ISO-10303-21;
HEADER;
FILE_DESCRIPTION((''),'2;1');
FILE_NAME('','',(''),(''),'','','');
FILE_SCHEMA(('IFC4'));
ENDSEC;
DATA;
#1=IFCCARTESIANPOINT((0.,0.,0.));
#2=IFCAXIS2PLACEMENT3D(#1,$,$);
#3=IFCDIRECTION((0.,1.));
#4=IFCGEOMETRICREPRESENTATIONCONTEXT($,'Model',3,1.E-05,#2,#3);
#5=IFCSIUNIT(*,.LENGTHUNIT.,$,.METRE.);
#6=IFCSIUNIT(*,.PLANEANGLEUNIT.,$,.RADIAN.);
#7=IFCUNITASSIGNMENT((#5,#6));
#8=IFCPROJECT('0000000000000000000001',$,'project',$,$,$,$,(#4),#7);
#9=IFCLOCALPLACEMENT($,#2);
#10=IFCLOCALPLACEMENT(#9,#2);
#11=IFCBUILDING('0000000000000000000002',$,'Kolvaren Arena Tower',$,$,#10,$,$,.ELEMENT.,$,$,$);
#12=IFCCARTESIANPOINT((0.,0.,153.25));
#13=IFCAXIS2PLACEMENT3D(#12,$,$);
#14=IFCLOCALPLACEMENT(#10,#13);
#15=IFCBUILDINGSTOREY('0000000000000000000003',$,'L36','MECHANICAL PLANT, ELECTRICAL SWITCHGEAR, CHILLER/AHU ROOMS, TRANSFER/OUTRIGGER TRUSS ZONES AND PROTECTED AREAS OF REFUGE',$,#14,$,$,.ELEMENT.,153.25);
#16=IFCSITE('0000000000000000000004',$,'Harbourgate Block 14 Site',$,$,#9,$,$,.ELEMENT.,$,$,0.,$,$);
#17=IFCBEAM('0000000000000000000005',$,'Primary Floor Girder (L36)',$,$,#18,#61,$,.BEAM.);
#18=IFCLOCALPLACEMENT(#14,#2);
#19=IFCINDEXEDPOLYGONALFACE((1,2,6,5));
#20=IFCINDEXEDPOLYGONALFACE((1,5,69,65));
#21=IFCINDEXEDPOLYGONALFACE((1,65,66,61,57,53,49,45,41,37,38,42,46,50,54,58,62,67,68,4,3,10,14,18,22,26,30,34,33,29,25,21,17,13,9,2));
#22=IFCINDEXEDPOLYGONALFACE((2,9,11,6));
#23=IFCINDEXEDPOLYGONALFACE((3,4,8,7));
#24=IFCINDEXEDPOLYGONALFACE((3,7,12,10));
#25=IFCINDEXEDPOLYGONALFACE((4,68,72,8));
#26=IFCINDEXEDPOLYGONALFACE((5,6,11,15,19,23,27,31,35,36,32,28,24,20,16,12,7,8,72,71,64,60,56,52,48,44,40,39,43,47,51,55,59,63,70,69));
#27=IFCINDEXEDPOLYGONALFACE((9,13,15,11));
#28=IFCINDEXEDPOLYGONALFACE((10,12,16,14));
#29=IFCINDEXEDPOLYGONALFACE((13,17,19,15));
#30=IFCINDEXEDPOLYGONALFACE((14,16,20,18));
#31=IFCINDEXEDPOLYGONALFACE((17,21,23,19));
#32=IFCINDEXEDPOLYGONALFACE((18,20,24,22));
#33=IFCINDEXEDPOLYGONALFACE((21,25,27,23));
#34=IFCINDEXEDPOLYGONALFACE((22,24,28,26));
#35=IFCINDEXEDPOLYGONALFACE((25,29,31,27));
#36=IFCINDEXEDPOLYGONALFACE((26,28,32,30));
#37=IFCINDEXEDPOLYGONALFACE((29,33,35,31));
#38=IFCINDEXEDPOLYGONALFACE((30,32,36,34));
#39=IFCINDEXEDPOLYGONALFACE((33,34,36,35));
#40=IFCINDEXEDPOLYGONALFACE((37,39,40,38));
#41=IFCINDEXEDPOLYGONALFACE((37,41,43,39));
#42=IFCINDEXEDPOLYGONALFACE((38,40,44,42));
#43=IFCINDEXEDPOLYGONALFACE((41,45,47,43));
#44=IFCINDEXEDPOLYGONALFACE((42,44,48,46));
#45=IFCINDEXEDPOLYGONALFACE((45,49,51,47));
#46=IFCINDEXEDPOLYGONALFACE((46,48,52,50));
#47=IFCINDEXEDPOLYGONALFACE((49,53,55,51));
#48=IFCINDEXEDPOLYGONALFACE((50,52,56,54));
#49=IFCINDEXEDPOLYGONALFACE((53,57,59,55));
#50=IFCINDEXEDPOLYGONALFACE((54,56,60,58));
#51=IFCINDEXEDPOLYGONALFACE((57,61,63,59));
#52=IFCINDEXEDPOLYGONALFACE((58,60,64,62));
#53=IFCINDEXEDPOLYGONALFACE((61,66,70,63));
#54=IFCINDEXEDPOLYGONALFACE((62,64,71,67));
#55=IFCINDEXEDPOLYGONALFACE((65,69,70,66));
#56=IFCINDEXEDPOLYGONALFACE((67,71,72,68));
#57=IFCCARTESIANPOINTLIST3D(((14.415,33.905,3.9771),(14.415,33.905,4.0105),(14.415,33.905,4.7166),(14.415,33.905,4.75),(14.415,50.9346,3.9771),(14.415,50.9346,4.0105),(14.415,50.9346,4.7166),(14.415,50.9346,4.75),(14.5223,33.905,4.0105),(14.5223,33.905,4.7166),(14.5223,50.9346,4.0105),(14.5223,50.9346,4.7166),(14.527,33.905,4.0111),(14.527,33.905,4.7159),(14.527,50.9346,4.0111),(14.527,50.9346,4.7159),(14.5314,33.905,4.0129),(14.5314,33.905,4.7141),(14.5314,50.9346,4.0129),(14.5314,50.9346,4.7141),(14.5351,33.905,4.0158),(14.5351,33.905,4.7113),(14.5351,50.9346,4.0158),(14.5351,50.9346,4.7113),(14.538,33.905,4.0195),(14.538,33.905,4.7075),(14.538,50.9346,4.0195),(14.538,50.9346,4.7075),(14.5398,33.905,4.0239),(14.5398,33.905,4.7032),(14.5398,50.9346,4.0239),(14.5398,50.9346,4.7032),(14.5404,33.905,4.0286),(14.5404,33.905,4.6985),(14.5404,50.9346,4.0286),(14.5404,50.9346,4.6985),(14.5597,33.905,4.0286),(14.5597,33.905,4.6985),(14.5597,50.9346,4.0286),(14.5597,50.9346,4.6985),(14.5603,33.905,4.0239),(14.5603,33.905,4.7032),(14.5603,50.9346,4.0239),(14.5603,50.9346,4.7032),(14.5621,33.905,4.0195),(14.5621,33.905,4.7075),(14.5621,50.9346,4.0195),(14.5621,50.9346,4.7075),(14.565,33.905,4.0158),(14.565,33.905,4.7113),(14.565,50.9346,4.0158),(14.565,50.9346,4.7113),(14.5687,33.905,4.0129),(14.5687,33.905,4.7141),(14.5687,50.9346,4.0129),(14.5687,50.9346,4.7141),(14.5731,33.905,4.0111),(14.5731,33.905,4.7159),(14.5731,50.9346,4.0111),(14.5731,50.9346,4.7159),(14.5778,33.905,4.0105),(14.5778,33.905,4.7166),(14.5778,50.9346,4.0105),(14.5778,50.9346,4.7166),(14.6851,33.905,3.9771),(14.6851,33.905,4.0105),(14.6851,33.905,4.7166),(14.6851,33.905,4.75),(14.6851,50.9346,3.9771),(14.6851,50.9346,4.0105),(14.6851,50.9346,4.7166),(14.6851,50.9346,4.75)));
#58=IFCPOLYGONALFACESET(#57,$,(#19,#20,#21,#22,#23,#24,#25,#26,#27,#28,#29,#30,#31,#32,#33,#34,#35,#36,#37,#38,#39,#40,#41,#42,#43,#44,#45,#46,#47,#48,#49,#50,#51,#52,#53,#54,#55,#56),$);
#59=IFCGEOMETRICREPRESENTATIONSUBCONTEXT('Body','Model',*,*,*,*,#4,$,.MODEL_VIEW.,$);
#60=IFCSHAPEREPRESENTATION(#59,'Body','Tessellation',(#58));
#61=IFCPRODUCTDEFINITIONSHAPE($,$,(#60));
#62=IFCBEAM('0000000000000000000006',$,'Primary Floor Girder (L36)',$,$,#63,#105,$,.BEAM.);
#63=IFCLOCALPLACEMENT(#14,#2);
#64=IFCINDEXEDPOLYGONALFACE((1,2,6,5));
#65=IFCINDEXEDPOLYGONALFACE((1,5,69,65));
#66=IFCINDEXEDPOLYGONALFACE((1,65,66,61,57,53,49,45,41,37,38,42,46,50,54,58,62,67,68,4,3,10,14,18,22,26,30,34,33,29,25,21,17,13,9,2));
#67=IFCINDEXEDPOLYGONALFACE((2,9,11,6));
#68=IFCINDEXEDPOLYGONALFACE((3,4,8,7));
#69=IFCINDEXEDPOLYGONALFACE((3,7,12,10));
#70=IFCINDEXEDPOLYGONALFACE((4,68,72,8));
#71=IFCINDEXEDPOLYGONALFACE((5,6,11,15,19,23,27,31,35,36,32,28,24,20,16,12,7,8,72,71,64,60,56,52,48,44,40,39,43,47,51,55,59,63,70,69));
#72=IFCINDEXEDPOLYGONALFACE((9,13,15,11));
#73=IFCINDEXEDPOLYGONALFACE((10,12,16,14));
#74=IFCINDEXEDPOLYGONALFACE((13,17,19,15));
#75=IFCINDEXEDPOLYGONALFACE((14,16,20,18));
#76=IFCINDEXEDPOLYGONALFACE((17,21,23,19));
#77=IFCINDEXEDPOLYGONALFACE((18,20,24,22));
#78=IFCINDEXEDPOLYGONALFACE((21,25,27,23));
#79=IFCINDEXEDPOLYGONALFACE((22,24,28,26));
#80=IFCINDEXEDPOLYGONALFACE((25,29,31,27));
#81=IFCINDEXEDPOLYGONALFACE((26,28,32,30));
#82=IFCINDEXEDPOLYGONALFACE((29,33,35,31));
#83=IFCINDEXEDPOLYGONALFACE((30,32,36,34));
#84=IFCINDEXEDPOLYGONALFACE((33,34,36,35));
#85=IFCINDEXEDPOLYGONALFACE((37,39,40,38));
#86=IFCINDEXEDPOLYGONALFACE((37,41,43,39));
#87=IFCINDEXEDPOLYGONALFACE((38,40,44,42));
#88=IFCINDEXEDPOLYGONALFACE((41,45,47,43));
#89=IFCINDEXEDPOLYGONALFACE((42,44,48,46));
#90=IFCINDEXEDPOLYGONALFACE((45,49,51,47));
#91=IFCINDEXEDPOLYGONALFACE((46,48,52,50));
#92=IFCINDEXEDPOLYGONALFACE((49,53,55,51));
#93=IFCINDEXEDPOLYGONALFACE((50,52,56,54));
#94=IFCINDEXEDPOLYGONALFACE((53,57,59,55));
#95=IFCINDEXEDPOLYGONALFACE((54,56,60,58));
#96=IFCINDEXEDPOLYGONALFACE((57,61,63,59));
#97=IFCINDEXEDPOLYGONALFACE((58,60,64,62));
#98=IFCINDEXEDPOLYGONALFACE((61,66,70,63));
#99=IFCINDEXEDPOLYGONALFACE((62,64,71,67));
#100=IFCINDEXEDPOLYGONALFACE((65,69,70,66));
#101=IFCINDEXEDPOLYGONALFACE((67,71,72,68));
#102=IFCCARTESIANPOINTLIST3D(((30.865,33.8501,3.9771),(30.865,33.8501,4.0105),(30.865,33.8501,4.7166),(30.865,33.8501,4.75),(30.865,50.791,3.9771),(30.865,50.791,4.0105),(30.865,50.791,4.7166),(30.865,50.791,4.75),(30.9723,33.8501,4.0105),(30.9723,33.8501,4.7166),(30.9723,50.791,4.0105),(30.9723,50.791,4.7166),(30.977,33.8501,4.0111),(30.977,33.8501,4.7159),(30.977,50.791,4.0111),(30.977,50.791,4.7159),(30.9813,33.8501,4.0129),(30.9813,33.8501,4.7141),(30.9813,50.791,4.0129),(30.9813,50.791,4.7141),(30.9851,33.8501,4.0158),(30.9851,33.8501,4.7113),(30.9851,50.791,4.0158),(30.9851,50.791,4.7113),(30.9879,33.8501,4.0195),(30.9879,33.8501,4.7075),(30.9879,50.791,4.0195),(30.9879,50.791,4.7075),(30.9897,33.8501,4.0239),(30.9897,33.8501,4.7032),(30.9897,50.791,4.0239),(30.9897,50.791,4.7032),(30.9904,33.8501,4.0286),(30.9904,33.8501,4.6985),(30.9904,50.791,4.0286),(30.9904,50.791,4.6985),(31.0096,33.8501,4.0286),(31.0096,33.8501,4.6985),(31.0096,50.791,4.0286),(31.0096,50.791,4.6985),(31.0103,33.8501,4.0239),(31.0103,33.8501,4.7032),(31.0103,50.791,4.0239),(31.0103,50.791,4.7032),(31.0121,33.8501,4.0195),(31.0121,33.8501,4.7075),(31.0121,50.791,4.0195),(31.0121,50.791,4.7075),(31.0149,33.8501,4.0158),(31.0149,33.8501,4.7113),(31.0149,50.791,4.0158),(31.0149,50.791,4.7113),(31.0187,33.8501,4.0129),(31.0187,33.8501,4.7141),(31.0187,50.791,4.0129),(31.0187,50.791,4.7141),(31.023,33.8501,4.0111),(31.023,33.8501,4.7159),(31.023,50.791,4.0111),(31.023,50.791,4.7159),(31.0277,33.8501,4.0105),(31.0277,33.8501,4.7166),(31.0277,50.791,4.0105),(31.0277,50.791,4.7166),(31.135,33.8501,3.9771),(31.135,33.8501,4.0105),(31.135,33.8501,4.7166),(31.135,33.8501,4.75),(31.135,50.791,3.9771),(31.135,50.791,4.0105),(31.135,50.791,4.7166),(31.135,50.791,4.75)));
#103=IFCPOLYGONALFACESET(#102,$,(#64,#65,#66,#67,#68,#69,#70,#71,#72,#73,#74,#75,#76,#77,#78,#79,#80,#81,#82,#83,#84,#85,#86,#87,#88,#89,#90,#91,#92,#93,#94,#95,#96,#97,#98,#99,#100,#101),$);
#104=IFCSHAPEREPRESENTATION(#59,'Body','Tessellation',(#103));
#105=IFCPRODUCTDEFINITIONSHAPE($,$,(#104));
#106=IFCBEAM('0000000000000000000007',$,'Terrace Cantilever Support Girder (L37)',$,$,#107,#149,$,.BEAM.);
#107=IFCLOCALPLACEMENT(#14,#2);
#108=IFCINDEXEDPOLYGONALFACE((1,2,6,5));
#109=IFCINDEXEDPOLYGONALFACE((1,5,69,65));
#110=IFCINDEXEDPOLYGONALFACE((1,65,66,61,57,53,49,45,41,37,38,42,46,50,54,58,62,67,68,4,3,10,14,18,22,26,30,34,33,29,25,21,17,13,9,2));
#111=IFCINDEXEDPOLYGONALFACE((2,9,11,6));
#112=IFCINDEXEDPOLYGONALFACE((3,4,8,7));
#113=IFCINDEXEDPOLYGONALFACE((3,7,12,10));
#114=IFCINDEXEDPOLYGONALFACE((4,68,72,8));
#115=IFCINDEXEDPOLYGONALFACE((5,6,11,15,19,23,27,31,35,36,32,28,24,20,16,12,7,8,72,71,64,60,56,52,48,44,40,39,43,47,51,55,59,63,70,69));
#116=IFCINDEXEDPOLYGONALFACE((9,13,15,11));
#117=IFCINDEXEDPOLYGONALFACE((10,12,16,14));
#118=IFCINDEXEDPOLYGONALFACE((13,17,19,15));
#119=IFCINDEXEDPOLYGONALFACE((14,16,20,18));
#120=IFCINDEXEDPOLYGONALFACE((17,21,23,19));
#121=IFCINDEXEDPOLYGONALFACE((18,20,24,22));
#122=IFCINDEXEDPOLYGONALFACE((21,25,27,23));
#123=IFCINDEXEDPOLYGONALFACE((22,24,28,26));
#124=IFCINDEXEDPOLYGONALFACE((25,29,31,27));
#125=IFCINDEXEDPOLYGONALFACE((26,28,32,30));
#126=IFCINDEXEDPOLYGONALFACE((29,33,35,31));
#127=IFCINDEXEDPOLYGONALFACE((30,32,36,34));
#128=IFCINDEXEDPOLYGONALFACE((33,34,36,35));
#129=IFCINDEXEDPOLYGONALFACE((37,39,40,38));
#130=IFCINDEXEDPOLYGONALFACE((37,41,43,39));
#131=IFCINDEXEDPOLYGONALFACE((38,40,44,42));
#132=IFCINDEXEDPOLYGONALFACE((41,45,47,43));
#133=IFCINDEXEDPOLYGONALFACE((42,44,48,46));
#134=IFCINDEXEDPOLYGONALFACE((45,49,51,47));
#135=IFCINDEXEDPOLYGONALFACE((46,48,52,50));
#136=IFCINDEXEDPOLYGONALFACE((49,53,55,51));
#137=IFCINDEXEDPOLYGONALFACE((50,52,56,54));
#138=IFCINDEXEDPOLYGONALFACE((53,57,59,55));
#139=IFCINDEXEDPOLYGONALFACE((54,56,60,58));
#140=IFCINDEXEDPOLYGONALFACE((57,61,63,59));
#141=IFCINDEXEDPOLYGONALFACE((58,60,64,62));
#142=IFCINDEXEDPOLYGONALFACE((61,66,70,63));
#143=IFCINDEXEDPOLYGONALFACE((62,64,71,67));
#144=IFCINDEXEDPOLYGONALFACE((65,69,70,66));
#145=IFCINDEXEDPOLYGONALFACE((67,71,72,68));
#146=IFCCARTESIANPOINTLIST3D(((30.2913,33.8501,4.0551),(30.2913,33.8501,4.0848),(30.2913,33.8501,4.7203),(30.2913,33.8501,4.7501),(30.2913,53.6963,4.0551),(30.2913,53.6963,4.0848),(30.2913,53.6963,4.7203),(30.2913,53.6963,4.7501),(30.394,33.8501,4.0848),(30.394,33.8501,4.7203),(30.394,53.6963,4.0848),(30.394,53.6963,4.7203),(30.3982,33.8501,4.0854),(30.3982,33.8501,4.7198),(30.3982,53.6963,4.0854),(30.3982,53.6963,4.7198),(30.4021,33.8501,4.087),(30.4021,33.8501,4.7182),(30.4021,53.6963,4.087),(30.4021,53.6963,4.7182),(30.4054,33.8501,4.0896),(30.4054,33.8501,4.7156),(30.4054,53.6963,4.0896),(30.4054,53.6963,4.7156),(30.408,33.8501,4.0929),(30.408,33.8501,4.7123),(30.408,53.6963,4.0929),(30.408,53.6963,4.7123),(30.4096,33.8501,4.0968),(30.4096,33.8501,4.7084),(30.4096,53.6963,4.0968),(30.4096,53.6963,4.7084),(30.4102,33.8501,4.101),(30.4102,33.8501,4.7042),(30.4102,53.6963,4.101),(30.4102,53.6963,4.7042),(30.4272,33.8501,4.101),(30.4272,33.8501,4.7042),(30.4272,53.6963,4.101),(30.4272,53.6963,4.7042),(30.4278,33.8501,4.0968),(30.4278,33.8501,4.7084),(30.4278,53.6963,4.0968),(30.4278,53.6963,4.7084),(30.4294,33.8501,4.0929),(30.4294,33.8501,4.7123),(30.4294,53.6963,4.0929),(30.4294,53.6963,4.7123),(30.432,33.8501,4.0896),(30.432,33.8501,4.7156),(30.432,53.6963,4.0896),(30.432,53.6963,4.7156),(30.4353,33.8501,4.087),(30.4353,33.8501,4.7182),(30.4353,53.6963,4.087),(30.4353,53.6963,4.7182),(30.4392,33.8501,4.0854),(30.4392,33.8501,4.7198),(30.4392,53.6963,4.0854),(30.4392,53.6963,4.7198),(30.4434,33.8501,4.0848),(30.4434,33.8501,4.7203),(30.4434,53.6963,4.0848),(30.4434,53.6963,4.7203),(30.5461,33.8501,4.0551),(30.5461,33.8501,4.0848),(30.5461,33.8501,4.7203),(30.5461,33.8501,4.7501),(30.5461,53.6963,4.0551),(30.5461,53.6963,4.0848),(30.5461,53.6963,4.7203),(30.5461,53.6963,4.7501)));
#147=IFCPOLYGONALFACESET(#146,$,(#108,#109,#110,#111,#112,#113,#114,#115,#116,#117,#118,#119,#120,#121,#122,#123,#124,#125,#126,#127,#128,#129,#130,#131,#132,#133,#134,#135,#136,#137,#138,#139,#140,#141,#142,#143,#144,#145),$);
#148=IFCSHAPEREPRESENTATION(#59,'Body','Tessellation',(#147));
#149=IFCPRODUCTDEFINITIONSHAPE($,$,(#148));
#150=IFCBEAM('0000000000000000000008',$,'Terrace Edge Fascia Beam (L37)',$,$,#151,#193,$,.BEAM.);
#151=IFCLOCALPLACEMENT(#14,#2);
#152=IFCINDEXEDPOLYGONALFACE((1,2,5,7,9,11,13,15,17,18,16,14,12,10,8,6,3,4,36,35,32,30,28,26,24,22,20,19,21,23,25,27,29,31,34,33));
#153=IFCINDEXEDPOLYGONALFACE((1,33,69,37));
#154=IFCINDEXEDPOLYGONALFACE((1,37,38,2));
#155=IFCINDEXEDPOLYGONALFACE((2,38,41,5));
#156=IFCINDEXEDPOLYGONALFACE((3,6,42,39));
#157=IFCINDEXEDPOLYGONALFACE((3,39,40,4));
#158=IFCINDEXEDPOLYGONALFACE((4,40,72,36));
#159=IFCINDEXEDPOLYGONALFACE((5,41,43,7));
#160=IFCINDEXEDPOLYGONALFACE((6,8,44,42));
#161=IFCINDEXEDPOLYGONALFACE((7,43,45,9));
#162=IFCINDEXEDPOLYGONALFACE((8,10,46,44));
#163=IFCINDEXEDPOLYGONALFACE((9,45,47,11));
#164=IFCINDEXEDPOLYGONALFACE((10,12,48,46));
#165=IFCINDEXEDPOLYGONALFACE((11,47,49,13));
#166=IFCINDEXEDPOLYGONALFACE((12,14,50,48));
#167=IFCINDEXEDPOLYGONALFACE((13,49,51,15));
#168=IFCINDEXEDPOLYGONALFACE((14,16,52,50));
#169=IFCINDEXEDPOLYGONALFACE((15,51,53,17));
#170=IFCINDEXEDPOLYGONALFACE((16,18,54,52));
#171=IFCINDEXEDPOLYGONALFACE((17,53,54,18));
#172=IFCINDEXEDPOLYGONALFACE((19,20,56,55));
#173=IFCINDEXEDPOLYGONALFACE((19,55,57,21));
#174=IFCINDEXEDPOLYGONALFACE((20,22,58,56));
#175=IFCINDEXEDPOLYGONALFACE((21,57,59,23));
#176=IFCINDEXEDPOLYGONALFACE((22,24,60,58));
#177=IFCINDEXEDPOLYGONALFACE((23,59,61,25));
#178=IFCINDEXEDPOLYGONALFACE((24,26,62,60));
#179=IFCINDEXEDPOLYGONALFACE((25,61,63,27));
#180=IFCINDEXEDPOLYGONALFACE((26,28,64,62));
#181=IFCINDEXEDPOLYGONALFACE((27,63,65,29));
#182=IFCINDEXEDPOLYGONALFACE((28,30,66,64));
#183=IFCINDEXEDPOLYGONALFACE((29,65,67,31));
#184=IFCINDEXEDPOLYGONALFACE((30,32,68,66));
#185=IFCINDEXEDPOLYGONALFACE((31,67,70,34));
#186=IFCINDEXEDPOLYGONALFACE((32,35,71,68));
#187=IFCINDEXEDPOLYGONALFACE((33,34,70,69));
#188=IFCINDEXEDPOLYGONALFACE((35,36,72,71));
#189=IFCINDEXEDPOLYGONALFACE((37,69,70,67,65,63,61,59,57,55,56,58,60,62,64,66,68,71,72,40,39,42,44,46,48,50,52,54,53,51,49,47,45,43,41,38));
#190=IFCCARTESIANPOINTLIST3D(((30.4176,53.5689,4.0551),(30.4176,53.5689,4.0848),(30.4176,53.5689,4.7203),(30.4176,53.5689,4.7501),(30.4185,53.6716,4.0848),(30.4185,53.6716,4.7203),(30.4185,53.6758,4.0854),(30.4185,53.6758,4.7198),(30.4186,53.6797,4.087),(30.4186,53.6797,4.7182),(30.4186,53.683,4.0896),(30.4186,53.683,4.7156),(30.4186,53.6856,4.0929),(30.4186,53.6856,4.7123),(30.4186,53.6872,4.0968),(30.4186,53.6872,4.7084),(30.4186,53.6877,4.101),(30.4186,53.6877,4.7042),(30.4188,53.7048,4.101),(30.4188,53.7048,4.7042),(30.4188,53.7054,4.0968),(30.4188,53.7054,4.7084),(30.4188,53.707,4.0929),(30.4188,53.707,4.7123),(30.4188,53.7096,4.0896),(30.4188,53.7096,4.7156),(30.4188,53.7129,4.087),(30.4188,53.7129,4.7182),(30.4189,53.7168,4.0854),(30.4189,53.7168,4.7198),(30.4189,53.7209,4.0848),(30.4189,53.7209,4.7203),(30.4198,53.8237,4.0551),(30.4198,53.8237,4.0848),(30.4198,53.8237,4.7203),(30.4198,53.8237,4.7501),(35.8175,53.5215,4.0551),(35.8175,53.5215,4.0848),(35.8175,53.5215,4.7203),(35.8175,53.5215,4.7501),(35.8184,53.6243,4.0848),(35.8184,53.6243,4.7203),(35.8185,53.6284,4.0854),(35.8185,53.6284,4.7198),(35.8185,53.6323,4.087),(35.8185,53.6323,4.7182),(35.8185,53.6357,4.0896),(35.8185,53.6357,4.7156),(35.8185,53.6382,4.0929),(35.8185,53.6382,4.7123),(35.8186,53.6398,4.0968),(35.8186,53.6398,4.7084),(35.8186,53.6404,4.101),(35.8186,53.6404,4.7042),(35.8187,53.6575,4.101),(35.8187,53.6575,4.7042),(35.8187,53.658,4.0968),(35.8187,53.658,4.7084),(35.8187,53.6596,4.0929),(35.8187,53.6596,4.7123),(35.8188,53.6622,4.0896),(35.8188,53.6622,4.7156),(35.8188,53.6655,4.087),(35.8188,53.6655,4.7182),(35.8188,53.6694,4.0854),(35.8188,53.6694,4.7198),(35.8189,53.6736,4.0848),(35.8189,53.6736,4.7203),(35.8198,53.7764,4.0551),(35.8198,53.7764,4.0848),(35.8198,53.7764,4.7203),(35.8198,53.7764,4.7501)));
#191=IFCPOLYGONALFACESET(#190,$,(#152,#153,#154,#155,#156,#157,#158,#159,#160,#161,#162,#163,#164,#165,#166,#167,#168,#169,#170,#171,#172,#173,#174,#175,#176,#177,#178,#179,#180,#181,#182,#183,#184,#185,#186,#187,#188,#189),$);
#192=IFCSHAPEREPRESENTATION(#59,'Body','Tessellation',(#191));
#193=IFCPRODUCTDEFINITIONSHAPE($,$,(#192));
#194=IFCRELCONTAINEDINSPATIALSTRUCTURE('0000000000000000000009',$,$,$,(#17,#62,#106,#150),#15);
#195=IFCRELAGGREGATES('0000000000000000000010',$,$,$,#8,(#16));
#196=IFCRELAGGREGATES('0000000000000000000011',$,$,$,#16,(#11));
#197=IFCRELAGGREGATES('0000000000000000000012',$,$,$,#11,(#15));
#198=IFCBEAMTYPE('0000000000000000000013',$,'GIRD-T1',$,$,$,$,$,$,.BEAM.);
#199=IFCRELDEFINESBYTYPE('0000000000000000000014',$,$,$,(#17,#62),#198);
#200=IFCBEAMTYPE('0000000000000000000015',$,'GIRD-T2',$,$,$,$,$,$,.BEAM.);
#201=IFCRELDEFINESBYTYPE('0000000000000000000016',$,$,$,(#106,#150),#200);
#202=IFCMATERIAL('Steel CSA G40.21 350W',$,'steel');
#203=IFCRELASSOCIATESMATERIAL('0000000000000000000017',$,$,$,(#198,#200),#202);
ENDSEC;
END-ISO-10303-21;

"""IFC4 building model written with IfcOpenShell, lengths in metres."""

from ifc_helpers import new_model, si_unit, direction, frame, origin, origin_2d, place, context, subcontext, project, spatial, i_section, extrude, material, material_profile, profile_set, type_object, element, save


model = new_model("IFC4")

# Units and contexts
model_context = context("Model", 3, precision=1e-05, world=origin(), true_north=direction((0.0, 1.0)))
body_context = subcontext(model_context, "Body", "Model", "MODEL_VIEW")
ifc_project = project(units=[si_unit("LENGTHUNIT", "METRE"), si_unit("PLANEANGLEUNIT", "RADIAN")], contexts=[model_context])

# Site, building, storey
site_placement = place(None, origin())
site = spatial("IfcSite", under=ifc_project, at=site_placement, Name="Harbourgate Block 14 Site", CompositionType="ELEMENT", RefElevation=0.0)
building_placement = place(site_placement, origin())
building = spatial("IfcBuilding", under=site, at=building_placement, Name="Kolvaren Arena Tower", CompositionType="ELEMENT")
storey_placement = place(building_placement, frame((0.0, 0.0, 153.25)))
storey = spatial("IfcBuildingStorey", under=building, at=storey_placement, Name="L36", Description="MECHANICAL PLANT, ELECTRICAL SWITCHGEAR, CHILLER/AHU ROOMS, TRANSFER/OUTRIGGER TRUSS ZONES AND PROTECTED AREAS OF REFUGE", CompositionType="ELEMENT", Elevation=153.25)

# Shared definitions
ifc_material_1 = material(Name="Steel CSA G40.21 350W", Category="steel")

# Beams
ifc_material_profile_1 = material_profile(ifc_material_1, i_section(OverallWidth=0.27, OverallDepth=0.7729, WebThickness=0.0193, FlangeThickness=0.0334, FilletRadius=0.0181, at=origin_2d()), Name="W760x257")
ifc_profile_set_1 = profile_set([ifc_material_profile_1], Name="Steel CSA G40.21 350W")
beam_type_1 = type_object("IfcBeamType", Name="GIRD-T1", PredefinedType="BEAM", material=ifc_profile_set_1)
beam_1_placement = place(storey_placement, frame((14.55, 33.905, 4.3635), z_axis=(0.0, 1.0, 0.0), x_axis=(-1.0, 0.0, 0.0)))
element("IfcBeam", 1, at=beam_1_placement, inside=storey, type_object=beam_type_1, Name="Primary Floor Girder (L36)", PredefinedType="BEAM", context=body_context, shape_type="SweptSolid", body=[
    extrude(i_section(OverallWidth=0.27, OverallDepth=0.7729, WebThickness=0.0193, FlangeThickness=0.0334, FilletRadius=0.0181, at=origin_2d()), origin(), (0.0, 0.0, 1.0), 17.0295),
])
beam_2_placement = place(storey_placement, frame((31.0, 33.8501, 4.3635), z_axis=(0.0, 1.0, 0.0), x_axis=(-1.0, 0.0, 0.0)))
element("IfcBeam", 2, at=beam_2_placement, inside=storey, type_object=beam_type_1, Name="Primary Floor Girder (L36)", PredefinedType="BEAM", context=body_context, shape_type="SweptSolid", body=[
    extrude(i_section(OverallWidth=0.27, OverallDepth=0.7729, WebThickness=0.0193, FlangeThickness=0.0334, FilletRadius=0.0181, at=origin_2d()), origin(), (0.0, 0.0, 1.0), 16.9409),
])
ifc_material_profile_2 = material_profile(ifc_material_1, i_section(OverallWidth=0.2549, OverallDepth=0.6951, WebThickness=0.0171, FlangeThickness=0.0298, FilletRadius=0.0161, at=origin_2d()), Name="W690x217")
ifc_profile_set_2 = profile_set([ifc_material_profile_2], Name="Steel CSA G40.21 350W")
beam_type_2 = type_object("IfcBeamType", Name="GIRD-T2", PredefinedType="BEAM", material=ifc_profile_set_2)
beam_3_placement = place(storey_placement, frame((30.4187, 33.8501, 4.4026), z_axis=(0.0, 1.0, 0.0), x_axis=(-1.0, 0.0, 0.0)))
element("IfcBeam", 3, at=beam_3_placement, inside=storey, type_object=beam_type_2, Name="Terrace Cantilever Support Girder (L37)", PredefinedType="BEAM", context=body_context, shape_type="SweptSolid", body=[
    extrude(i_section(OverallWidth=0.2549, OverallDepth=0.6951, WebThickness=0.0171, FlangeThickness=0.0298, FilletRadius=0.0161, at=origin_2d()), origin(), (0.0, 0.0, 1.0), 19.8462),
])
beam_4_placement = place(storey_placement, frame((30.4187, 53.6963, 4.4026), z_axis=(0.999962, -0.008771, 0.0), x_axis=(0.008771, 0.999962, 0.0)))
element("IfcBeam", 4, at=beam_4_placement, inside=storey, type_object=beam_type_2, Name="Terrace Edge Fascia Beam (L37)", PredefinedType="BEAM", context=body_context, shape_type="SweptSolid", body=[
    extrude(i_section(OverallWidth=0.2549, OverallDepth=0.6951, WebThickness=0.0171, FlangeThickness=0.0298, FilletRadius=0.0161, at=origin_2d()), origin(), (0.0, 0.0, 1.0), 5.4001),
])

save(model, "model.ifc")
